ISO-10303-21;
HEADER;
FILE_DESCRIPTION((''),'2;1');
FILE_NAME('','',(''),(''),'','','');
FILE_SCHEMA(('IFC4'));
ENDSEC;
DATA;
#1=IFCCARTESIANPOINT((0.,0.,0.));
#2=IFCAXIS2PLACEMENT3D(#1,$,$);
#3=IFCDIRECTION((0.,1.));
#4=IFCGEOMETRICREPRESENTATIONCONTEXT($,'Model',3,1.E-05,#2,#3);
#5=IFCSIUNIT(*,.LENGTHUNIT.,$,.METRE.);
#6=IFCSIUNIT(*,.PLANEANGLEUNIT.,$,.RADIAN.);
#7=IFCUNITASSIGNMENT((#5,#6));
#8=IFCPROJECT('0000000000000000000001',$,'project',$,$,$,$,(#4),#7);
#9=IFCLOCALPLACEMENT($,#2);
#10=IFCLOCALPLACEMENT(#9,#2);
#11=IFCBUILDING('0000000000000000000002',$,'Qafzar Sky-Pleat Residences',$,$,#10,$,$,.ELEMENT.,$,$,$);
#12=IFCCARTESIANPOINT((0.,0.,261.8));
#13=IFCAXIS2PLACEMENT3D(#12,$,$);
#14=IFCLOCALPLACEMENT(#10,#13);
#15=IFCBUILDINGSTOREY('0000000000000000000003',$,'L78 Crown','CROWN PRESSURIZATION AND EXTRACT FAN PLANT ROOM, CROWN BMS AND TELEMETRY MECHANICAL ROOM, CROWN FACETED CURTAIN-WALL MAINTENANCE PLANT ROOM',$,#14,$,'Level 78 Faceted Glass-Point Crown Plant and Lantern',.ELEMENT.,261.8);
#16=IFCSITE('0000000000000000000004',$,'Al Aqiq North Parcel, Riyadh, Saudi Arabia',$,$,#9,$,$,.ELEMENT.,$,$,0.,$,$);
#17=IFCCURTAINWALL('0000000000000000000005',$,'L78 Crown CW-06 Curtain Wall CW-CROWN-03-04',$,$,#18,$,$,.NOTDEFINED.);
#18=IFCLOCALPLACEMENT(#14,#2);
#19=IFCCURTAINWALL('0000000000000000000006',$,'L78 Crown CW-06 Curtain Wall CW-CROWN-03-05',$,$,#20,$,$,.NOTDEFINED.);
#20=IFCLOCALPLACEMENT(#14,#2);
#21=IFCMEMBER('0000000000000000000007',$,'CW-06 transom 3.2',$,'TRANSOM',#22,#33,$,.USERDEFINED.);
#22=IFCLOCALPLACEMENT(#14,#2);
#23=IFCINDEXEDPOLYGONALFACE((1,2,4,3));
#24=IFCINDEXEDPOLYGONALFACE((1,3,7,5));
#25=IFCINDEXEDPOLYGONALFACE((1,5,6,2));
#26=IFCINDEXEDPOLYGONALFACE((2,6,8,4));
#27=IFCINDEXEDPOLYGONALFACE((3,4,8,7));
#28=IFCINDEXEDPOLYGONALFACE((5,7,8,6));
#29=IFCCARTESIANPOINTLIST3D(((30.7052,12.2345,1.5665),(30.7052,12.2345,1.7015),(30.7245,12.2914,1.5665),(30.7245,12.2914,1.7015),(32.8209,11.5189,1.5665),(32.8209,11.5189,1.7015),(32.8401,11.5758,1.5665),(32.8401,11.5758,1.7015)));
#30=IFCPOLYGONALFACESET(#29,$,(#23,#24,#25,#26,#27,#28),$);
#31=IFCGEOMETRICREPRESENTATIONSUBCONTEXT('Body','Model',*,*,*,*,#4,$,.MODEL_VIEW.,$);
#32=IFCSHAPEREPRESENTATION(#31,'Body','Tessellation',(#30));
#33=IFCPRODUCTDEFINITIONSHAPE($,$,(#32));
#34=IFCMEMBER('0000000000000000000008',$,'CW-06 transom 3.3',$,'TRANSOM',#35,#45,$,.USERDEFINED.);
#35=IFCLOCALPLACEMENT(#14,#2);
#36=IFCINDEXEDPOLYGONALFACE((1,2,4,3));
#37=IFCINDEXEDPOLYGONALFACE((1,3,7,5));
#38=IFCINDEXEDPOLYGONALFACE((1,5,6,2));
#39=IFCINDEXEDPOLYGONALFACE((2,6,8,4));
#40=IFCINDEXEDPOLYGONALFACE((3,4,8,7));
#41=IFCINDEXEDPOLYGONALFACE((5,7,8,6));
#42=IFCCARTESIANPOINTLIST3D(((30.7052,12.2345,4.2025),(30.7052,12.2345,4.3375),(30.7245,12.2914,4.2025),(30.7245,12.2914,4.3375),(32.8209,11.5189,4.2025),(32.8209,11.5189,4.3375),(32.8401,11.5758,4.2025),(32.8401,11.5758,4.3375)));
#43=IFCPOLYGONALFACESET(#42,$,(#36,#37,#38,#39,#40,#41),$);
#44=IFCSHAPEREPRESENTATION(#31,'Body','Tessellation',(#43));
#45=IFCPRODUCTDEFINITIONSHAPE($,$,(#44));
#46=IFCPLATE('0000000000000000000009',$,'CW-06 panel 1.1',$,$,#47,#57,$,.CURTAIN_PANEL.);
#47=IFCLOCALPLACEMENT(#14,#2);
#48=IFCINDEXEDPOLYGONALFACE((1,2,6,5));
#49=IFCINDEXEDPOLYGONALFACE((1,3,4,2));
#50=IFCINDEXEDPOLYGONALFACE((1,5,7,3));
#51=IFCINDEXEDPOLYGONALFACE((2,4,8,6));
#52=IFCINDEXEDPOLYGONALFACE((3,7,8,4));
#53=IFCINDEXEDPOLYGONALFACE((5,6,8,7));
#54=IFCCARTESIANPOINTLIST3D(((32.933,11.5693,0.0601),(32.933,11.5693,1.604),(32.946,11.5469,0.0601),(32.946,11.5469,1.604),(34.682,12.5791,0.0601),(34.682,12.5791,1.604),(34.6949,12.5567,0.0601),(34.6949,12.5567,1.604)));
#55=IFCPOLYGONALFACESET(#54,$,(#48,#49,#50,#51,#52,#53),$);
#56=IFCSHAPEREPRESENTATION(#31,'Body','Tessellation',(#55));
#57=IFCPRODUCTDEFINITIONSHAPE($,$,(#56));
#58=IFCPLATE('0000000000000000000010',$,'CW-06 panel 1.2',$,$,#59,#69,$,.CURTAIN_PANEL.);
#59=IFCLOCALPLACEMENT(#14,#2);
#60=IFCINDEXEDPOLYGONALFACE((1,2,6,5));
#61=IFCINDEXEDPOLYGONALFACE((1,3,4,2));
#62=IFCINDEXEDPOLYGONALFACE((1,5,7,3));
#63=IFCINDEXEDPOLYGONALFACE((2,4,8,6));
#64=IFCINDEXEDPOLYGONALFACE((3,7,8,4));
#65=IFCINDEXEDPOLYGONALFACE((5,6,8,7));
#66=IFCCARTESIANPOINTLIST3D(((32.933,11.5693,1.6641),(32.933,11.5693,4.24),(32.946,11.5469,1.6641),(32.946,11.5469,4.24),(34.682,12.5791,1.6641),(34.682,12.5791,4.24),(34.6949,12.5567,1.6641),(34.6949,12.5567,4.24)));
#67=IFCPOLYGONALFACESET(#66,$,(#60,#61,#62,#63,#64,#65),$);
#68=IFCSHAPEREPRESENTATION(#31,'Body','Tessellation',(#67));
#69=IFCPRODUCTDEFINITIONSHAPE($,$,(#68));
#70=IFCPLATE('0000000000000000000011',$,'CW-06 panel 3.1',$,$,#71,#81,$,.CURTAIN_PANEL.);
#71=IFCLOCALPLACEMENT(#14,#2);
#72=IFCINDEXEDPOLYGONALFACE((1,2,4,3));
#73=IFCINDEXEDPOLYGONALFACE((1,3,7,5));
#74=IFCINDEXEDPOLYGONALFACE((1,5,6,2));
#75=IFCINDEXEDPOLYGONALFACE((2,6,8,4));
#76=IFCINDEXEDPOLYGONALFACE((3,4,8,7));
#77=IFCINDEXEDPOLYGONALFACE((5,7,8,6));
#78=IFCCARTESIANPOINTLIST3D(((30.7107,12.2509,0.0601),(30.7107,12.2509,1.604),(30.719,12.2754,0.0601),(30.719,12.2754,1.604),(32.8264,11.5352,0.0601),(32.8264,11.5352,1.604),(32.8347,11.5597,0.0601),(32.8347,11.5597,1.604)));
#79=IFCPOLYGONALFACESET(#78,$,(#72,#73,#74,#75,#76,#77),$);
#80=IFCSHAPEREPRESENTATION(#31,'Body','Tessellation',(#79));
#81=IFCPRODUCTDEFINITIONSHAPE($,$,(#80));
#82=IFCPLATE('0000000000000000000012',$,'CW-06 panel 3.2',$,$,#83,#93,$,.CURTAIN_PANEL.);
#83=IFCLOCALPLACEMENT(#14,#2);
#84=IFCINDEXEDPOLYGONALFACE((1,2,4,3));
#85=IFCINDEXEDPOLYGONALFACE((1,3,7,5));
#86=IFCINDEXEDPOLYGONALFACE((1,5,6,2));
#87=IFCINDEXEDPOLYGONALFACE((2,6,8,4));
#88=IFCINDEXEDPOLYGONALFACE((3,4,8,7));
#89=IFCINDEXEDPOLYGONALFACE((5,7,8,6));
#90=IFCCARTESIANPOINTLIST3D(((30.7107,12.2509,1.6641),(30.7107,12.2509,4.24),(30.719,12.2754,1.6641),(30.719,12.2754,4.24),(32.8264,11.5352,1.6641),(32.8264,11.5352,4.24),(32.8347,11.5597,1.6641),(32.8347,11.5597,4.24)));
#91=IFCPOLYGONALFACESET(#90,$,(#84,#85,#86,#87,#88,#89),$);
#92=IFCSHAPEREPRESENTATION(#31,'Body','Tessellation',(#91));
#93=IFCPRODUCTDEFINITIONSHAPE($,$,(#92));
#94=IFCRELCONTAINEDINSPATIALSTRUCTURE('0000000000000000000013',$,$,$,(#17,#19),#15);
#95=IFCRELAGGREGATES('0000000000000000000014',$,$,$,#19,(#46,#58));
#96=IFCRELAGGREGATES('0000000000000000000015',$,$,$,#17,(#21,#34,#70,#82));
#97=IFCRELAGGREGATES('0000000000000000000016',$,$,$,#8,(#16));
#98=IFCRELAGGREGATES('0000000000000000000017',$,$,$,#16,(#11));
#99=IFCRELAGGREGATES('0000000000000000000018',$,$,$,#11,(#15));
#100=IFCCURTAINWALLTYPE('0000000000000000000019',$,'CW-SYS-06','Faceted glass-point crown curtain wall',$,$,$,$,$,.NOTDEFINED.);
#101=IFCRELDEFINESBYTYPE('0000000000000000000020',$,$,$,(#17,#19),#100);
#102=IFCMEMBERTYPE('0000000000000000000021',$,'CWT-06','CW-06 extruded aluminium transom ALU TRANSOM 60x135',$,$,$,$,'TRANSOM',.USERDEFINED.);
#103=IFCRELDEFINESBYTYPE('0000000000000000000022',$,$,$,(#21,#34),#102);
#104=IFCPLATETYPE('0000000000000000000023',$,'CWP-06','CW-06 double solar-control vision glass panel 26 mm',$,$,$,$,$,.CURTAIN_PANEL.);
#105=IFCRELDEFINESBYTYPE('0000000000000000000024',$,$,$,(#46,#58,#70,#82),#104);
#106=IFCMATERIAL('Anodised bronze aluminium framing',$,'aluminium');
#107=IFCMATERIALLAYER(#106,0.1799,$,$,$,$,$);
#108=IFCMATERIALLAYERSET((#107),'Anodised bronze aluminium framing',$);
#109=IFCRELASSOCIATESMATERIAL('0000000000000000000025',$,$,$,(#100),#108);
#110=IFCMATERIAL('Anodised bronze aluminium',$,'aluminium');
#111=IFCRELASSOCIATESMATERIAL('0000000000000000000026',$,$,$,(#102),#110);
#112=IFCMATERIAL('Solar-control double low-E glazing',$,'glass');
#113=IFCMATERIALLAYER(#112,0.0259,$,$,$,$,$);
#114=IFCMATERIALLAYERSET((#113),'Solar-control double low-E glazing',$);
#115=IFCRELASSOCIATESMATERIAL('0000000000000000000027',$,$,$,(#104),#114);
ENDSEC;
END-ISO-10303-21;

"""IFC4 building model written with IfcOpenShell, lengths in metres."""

from ifc_helpers import new_model, si_unit, direction, frame, origin, origin_2d, place, context, subcontext, project, spatial, rectangle, extrude, source, transform, mapped, material, layer, layer_set, material_profile, profile_set, type_object, element, aggregate, save


model = new_model("IFC4")

# Units and contexts
model_context = context("Model", 3, precision=1e-05, world=origin(), true_north=direction((0.0, 1.0)))
body_context = subcontext(model_context, "Body", "Model", "MODEL_VIEW")
ifc_project = project(units=[si_unit("LENGTHUNIT", "METRE"), si_unit("PLANEANGLEUNIT", "RADIAN")], contexts=[model_context])

# Site, building, storey
site_placement = place(None, origin())
site = spatial("IfcSite", under=ifc_project, at=site_placement, Name="Al Aqiq North Parcel, Riyadh, Saudi Arabia", CompositionType="ELEMENT", RefElevation=0.0)
building_placement = place(site_placement, origin())
building = spatial("IfcBuilding", under=site, at=building_placement, Name="Qafzar Sky-Pleat Residences", CompositionType="ELEMENT")
storey_placement = place(building_placement, frame((0.0, 0.0, 261.8)))
storey = spatial("IfcBuildingStorey", under=building, at=storey_placement, Name="L78 Crown", Description="CROWN PRESSURIZATION AND EXTRACT FAN PLANT ROOM, CROWN BMS AND TELEMETRY MECHANICAL ROOM, CROWN FACETED CURTAIN-WALL MAINTENANCE PLANT ROOM", LongName="Level 78 Faceted Glass-Point Crown Plant and Lantern", CompositionType="ELEMENT", Elevation=261.8)

# Curtain walls
ifc_material_1 = material(Name="Anodised bronze aluminium framing", Category="aluminium")
ifc_layer_1 = layer(ifc_material_1, 0.1799)
ifc_layer_set_1 = layer_set([ifc_layer_1], Name="Anodised bronze aluminium framing")
curtain_wall_type = type_object("IfcCurtainWallType", Name="CW-SYS-06", Description="Faceted glass-point crown curtain wall", PredefinedType="NOTDEFINED", material=ifc_layer_set_1)
curtain_wall_1_placement = place(storey_placement, origin())
curtain_wall_1 = element("IfcCurtainWall", 1, at=curtain_wall_1_placement, inside=storey, type_object=curtain_wall_type, Name="L78 Crown CW-06 Curtain Wall CW-CROWN-03-04", PredefinedType="NOTDEFINED")
ifc_material_2 = material(Name="Anodised bronze aluminium", Category="aluminium")
curtain_wall_2_placement = place(storey_placement, origin())
curtain_wall_2 = element("IfcCurtainWall", 2, at=curtain_wall_2_placement, inside=storey, type_object=curtain_wall_type, Name="L78 Crown CW-06 Curtain Wall CW-CROWN-03-05", PredefinedType="NOTDEFINED")
ifc_material_profile_1 = material_profile(ifc_material_2, rectangle(XDim=0.0601, YDim=0.135, at=origin_2d()), Name="ALU TRANSOM 60x135")
ifc_profile_set_1 = profile_set([ifc_material_profile_1], Name="Anodised bronze aluminium")
member_type_1 = type_object("IfcMemberType", Name="CWT-06", Description="CW-06 extruded aluminium transom ALU TRANSOM 60x135", ElementType="TRANSOM", PredefinedType="USERDEFINED", material=ifc_profile_set_1)

# Members
shared_shape_1 = source(origin(), body_context, "Body", "SweptSolid", [
    extrude(rectangle(XDim=0.0601, YDim=0.135, at=origin_2d()), origin(), (0.0, 0.0, 1.0), 2.2334),
])
member_1_placement = place(storey_placement, frame((30.7148, 12.2629, 1.634), z_axis=(0.947286, -0.320389, 0.0), x_axis=(0.320389, 0.947286, 0.0)))
member_1 = element("IfcMember", 3, at=member_1_placement, type_object=member_type_1, Name="CW-06 transom 3.2", ObjectType="TRANSOM", PredefinedType="USERDEFINED", context=body_context, shape_type="MappedRepresentation", body=[
    mapped(shared_shape_1, transform((0.0, 0.0, 0.0), x_axis=(1.0, 0.0, 0.0), y_axis=(0.0, 1.0, 0.0), z_axis=(0.0, 0.0, 1.0), scale=1.0)),
])
member_2_placement = place(storey_placement, frame((30.7148, 12.2629, 4.27), z_axis=(0.947286, -0.320389, 0.0), x_axis=(0.320389, 0.947286, 0.0)))
member_2 = element("IfcMember", 4, at=member_2_placement, type_object=member_type_1, Name="CW-06 transom 3.3", ObjectType="TRANSOM", PredefinedType="USERDEFINED", context=body_context, shape_type="MappedRepresentation", body=[
    mapped(shared_shape_1, transform((0.0, 0.0, 0.0), x_axis=(1.0, 0.0, 0.0), y_axis=(0.0, 1.0, 0.0), z_axis=(0.0, 0.0, 1.0), scale=1.0)),
])

# Plates
ifc_material_3 = material(Name="Solar-control double low-E glazing", Category="glass")
ifc_layer_2 = layer(ifc_material_3, 0.0259)
ifc_layer_set_2 = layer_set([ifc_layer_2], Name="Solar-control double low-E glazing")
plate_type = type_object("IfcPlateType", Name="CWP-06", Description="CW-06 double solar-control vision glass panel 26 mm", PredefinedType="CURTAIN_PANEL", material=ifc_layer_set_2)
shared_shape_2 = source(origin(), body_context, "Body", "SweptSolid", [
    extrude(rectangle(XDim=2.0195, YDim=0.0259, at=origin_2d()), origin(), (0.0, 0.0, 1.0), 1.5439),
])
plate_1_placement = place(storey_placement, frame((33.814, 12.063, 0.0601), z_axis=(0.0, 0.0, 1.0), x_axis=(0.866024, 0.500002, 0.0)))
plate_1 = element("IfcPlate", 5, at=plate_1_placement, type_object=plate_type, Name="CW-06 panel 1.1", PredefinedType="CURTAIN_PANEL", context=body_context, shape_type="MappedRepresentation", body=[
    mapped(shared_shape_2, transform((0.0, 0.0, 0.0), x_axis=(1.0, 0.0, 0.0), y_axis=(0.0, 1.0, 0.0), z_axis=(0.0, 0.0, 1.0), scale=1.0)),
])
shared_shape_3 = source(origin(), body_context, "Body", "SweptSolid", [
    extrude(rectangle(XDim=2.0195, YDim=0.0259, at=origin_2d()), origin(), (0.0, 0.0, 1.0), 2.5759),
])
plate_2_placement = place(storey_placement, frame((33.814, 12.063, 1.6641), z_axis=(0.0, 0.0, 1.0), x_axis=(0.866024, 0.500002, 0.0)))
plate_2 = element("IfcPlate", 6, at=plate_2_placement, type_object=plate_type, Name="CW-06 panel 1.2", PredefinedType="CURTAIN_PANEL", context=body_context, shape_type="MappedRepresentation", body=[
    mapped(shared_shape_3, transform((0.0, 0.0, 0.0), x_axis=(1.0, 0.0, 0.0), y_axis=(0.0, 1.0, 0.0), z_axis=(0.0, 0.0, 1.0), scale=1.0)),
])
aggregate(curtain_wall_2, [plate_1, plate_2])
shared_shape_4 = source(origin(), body_context, "Body", "SweptSolid", [
    extrude(rectangle(XDim=2.2334, YDim=0.0259, at=origin_2d()), origin(), (0.0, 0.0, 1.0), 1.5439),
])
plate_3_placement = place(storey_placement, frame((31.7727, 11.9053, 0.0601), z_axis=(0.0, 0.0, 1.0), x_axis=(0.947265, -0.320451, 0.0)))
plate_3 = element("IfcPlate", 7, at=plate_3_placement, type_object=plate_type, Name="CW-06 panel 3.1", PredefinedType="CURTAIN_PANEL", context=body_context, shape_type="MappedRepresentation", body=[
    mapped(shared_shape_4, transform((0.0, 0.0, 0.0), x_axis=(1.0, 0.0, 0.0), y_axis=(0.0, 1.0, 0.0), z_axis=(0.0, 0.0, 1.0), scale=1.0)),
])
shared_shape_5 = source(origin(), body_context, "Body", "SweptSolid", [
    extrude(rectangle(XDim=2.2334, YDim=0.0259, at=origin_2d()), origin(), (0.0, 0.0, 1.0), 2.5759),
])
plate_4_placement = place(storey_placement, frame((31.7727, 11.9053, 1.6641), z_axis=(0.0, 0.0, 1.0), x_axis=(0.947265, -0.320451, 0.0)))
plate_4 = element("IfcPlate", 8, at=plate_4_placement, type_object=plate_type, Name="CW-06 panel 3.2", PredefinedType="CURTAIN_PANEL", context=body_context, shape_type="MappedRepresentation", body=[
    mapped(shared_shape_5, transform((0.0, 0.0, 0.0), x_axis=(1.0, 0.0, 0.0), y_axis=(0.0, 1.0, 0.0), z_axis=(0.0, 0.0, 1.0), scale=1.0)),
])
aggregate(curtain_wall_1, [member_1, member_2, plate_3, plate_4])

save(model, "model.ifc")
